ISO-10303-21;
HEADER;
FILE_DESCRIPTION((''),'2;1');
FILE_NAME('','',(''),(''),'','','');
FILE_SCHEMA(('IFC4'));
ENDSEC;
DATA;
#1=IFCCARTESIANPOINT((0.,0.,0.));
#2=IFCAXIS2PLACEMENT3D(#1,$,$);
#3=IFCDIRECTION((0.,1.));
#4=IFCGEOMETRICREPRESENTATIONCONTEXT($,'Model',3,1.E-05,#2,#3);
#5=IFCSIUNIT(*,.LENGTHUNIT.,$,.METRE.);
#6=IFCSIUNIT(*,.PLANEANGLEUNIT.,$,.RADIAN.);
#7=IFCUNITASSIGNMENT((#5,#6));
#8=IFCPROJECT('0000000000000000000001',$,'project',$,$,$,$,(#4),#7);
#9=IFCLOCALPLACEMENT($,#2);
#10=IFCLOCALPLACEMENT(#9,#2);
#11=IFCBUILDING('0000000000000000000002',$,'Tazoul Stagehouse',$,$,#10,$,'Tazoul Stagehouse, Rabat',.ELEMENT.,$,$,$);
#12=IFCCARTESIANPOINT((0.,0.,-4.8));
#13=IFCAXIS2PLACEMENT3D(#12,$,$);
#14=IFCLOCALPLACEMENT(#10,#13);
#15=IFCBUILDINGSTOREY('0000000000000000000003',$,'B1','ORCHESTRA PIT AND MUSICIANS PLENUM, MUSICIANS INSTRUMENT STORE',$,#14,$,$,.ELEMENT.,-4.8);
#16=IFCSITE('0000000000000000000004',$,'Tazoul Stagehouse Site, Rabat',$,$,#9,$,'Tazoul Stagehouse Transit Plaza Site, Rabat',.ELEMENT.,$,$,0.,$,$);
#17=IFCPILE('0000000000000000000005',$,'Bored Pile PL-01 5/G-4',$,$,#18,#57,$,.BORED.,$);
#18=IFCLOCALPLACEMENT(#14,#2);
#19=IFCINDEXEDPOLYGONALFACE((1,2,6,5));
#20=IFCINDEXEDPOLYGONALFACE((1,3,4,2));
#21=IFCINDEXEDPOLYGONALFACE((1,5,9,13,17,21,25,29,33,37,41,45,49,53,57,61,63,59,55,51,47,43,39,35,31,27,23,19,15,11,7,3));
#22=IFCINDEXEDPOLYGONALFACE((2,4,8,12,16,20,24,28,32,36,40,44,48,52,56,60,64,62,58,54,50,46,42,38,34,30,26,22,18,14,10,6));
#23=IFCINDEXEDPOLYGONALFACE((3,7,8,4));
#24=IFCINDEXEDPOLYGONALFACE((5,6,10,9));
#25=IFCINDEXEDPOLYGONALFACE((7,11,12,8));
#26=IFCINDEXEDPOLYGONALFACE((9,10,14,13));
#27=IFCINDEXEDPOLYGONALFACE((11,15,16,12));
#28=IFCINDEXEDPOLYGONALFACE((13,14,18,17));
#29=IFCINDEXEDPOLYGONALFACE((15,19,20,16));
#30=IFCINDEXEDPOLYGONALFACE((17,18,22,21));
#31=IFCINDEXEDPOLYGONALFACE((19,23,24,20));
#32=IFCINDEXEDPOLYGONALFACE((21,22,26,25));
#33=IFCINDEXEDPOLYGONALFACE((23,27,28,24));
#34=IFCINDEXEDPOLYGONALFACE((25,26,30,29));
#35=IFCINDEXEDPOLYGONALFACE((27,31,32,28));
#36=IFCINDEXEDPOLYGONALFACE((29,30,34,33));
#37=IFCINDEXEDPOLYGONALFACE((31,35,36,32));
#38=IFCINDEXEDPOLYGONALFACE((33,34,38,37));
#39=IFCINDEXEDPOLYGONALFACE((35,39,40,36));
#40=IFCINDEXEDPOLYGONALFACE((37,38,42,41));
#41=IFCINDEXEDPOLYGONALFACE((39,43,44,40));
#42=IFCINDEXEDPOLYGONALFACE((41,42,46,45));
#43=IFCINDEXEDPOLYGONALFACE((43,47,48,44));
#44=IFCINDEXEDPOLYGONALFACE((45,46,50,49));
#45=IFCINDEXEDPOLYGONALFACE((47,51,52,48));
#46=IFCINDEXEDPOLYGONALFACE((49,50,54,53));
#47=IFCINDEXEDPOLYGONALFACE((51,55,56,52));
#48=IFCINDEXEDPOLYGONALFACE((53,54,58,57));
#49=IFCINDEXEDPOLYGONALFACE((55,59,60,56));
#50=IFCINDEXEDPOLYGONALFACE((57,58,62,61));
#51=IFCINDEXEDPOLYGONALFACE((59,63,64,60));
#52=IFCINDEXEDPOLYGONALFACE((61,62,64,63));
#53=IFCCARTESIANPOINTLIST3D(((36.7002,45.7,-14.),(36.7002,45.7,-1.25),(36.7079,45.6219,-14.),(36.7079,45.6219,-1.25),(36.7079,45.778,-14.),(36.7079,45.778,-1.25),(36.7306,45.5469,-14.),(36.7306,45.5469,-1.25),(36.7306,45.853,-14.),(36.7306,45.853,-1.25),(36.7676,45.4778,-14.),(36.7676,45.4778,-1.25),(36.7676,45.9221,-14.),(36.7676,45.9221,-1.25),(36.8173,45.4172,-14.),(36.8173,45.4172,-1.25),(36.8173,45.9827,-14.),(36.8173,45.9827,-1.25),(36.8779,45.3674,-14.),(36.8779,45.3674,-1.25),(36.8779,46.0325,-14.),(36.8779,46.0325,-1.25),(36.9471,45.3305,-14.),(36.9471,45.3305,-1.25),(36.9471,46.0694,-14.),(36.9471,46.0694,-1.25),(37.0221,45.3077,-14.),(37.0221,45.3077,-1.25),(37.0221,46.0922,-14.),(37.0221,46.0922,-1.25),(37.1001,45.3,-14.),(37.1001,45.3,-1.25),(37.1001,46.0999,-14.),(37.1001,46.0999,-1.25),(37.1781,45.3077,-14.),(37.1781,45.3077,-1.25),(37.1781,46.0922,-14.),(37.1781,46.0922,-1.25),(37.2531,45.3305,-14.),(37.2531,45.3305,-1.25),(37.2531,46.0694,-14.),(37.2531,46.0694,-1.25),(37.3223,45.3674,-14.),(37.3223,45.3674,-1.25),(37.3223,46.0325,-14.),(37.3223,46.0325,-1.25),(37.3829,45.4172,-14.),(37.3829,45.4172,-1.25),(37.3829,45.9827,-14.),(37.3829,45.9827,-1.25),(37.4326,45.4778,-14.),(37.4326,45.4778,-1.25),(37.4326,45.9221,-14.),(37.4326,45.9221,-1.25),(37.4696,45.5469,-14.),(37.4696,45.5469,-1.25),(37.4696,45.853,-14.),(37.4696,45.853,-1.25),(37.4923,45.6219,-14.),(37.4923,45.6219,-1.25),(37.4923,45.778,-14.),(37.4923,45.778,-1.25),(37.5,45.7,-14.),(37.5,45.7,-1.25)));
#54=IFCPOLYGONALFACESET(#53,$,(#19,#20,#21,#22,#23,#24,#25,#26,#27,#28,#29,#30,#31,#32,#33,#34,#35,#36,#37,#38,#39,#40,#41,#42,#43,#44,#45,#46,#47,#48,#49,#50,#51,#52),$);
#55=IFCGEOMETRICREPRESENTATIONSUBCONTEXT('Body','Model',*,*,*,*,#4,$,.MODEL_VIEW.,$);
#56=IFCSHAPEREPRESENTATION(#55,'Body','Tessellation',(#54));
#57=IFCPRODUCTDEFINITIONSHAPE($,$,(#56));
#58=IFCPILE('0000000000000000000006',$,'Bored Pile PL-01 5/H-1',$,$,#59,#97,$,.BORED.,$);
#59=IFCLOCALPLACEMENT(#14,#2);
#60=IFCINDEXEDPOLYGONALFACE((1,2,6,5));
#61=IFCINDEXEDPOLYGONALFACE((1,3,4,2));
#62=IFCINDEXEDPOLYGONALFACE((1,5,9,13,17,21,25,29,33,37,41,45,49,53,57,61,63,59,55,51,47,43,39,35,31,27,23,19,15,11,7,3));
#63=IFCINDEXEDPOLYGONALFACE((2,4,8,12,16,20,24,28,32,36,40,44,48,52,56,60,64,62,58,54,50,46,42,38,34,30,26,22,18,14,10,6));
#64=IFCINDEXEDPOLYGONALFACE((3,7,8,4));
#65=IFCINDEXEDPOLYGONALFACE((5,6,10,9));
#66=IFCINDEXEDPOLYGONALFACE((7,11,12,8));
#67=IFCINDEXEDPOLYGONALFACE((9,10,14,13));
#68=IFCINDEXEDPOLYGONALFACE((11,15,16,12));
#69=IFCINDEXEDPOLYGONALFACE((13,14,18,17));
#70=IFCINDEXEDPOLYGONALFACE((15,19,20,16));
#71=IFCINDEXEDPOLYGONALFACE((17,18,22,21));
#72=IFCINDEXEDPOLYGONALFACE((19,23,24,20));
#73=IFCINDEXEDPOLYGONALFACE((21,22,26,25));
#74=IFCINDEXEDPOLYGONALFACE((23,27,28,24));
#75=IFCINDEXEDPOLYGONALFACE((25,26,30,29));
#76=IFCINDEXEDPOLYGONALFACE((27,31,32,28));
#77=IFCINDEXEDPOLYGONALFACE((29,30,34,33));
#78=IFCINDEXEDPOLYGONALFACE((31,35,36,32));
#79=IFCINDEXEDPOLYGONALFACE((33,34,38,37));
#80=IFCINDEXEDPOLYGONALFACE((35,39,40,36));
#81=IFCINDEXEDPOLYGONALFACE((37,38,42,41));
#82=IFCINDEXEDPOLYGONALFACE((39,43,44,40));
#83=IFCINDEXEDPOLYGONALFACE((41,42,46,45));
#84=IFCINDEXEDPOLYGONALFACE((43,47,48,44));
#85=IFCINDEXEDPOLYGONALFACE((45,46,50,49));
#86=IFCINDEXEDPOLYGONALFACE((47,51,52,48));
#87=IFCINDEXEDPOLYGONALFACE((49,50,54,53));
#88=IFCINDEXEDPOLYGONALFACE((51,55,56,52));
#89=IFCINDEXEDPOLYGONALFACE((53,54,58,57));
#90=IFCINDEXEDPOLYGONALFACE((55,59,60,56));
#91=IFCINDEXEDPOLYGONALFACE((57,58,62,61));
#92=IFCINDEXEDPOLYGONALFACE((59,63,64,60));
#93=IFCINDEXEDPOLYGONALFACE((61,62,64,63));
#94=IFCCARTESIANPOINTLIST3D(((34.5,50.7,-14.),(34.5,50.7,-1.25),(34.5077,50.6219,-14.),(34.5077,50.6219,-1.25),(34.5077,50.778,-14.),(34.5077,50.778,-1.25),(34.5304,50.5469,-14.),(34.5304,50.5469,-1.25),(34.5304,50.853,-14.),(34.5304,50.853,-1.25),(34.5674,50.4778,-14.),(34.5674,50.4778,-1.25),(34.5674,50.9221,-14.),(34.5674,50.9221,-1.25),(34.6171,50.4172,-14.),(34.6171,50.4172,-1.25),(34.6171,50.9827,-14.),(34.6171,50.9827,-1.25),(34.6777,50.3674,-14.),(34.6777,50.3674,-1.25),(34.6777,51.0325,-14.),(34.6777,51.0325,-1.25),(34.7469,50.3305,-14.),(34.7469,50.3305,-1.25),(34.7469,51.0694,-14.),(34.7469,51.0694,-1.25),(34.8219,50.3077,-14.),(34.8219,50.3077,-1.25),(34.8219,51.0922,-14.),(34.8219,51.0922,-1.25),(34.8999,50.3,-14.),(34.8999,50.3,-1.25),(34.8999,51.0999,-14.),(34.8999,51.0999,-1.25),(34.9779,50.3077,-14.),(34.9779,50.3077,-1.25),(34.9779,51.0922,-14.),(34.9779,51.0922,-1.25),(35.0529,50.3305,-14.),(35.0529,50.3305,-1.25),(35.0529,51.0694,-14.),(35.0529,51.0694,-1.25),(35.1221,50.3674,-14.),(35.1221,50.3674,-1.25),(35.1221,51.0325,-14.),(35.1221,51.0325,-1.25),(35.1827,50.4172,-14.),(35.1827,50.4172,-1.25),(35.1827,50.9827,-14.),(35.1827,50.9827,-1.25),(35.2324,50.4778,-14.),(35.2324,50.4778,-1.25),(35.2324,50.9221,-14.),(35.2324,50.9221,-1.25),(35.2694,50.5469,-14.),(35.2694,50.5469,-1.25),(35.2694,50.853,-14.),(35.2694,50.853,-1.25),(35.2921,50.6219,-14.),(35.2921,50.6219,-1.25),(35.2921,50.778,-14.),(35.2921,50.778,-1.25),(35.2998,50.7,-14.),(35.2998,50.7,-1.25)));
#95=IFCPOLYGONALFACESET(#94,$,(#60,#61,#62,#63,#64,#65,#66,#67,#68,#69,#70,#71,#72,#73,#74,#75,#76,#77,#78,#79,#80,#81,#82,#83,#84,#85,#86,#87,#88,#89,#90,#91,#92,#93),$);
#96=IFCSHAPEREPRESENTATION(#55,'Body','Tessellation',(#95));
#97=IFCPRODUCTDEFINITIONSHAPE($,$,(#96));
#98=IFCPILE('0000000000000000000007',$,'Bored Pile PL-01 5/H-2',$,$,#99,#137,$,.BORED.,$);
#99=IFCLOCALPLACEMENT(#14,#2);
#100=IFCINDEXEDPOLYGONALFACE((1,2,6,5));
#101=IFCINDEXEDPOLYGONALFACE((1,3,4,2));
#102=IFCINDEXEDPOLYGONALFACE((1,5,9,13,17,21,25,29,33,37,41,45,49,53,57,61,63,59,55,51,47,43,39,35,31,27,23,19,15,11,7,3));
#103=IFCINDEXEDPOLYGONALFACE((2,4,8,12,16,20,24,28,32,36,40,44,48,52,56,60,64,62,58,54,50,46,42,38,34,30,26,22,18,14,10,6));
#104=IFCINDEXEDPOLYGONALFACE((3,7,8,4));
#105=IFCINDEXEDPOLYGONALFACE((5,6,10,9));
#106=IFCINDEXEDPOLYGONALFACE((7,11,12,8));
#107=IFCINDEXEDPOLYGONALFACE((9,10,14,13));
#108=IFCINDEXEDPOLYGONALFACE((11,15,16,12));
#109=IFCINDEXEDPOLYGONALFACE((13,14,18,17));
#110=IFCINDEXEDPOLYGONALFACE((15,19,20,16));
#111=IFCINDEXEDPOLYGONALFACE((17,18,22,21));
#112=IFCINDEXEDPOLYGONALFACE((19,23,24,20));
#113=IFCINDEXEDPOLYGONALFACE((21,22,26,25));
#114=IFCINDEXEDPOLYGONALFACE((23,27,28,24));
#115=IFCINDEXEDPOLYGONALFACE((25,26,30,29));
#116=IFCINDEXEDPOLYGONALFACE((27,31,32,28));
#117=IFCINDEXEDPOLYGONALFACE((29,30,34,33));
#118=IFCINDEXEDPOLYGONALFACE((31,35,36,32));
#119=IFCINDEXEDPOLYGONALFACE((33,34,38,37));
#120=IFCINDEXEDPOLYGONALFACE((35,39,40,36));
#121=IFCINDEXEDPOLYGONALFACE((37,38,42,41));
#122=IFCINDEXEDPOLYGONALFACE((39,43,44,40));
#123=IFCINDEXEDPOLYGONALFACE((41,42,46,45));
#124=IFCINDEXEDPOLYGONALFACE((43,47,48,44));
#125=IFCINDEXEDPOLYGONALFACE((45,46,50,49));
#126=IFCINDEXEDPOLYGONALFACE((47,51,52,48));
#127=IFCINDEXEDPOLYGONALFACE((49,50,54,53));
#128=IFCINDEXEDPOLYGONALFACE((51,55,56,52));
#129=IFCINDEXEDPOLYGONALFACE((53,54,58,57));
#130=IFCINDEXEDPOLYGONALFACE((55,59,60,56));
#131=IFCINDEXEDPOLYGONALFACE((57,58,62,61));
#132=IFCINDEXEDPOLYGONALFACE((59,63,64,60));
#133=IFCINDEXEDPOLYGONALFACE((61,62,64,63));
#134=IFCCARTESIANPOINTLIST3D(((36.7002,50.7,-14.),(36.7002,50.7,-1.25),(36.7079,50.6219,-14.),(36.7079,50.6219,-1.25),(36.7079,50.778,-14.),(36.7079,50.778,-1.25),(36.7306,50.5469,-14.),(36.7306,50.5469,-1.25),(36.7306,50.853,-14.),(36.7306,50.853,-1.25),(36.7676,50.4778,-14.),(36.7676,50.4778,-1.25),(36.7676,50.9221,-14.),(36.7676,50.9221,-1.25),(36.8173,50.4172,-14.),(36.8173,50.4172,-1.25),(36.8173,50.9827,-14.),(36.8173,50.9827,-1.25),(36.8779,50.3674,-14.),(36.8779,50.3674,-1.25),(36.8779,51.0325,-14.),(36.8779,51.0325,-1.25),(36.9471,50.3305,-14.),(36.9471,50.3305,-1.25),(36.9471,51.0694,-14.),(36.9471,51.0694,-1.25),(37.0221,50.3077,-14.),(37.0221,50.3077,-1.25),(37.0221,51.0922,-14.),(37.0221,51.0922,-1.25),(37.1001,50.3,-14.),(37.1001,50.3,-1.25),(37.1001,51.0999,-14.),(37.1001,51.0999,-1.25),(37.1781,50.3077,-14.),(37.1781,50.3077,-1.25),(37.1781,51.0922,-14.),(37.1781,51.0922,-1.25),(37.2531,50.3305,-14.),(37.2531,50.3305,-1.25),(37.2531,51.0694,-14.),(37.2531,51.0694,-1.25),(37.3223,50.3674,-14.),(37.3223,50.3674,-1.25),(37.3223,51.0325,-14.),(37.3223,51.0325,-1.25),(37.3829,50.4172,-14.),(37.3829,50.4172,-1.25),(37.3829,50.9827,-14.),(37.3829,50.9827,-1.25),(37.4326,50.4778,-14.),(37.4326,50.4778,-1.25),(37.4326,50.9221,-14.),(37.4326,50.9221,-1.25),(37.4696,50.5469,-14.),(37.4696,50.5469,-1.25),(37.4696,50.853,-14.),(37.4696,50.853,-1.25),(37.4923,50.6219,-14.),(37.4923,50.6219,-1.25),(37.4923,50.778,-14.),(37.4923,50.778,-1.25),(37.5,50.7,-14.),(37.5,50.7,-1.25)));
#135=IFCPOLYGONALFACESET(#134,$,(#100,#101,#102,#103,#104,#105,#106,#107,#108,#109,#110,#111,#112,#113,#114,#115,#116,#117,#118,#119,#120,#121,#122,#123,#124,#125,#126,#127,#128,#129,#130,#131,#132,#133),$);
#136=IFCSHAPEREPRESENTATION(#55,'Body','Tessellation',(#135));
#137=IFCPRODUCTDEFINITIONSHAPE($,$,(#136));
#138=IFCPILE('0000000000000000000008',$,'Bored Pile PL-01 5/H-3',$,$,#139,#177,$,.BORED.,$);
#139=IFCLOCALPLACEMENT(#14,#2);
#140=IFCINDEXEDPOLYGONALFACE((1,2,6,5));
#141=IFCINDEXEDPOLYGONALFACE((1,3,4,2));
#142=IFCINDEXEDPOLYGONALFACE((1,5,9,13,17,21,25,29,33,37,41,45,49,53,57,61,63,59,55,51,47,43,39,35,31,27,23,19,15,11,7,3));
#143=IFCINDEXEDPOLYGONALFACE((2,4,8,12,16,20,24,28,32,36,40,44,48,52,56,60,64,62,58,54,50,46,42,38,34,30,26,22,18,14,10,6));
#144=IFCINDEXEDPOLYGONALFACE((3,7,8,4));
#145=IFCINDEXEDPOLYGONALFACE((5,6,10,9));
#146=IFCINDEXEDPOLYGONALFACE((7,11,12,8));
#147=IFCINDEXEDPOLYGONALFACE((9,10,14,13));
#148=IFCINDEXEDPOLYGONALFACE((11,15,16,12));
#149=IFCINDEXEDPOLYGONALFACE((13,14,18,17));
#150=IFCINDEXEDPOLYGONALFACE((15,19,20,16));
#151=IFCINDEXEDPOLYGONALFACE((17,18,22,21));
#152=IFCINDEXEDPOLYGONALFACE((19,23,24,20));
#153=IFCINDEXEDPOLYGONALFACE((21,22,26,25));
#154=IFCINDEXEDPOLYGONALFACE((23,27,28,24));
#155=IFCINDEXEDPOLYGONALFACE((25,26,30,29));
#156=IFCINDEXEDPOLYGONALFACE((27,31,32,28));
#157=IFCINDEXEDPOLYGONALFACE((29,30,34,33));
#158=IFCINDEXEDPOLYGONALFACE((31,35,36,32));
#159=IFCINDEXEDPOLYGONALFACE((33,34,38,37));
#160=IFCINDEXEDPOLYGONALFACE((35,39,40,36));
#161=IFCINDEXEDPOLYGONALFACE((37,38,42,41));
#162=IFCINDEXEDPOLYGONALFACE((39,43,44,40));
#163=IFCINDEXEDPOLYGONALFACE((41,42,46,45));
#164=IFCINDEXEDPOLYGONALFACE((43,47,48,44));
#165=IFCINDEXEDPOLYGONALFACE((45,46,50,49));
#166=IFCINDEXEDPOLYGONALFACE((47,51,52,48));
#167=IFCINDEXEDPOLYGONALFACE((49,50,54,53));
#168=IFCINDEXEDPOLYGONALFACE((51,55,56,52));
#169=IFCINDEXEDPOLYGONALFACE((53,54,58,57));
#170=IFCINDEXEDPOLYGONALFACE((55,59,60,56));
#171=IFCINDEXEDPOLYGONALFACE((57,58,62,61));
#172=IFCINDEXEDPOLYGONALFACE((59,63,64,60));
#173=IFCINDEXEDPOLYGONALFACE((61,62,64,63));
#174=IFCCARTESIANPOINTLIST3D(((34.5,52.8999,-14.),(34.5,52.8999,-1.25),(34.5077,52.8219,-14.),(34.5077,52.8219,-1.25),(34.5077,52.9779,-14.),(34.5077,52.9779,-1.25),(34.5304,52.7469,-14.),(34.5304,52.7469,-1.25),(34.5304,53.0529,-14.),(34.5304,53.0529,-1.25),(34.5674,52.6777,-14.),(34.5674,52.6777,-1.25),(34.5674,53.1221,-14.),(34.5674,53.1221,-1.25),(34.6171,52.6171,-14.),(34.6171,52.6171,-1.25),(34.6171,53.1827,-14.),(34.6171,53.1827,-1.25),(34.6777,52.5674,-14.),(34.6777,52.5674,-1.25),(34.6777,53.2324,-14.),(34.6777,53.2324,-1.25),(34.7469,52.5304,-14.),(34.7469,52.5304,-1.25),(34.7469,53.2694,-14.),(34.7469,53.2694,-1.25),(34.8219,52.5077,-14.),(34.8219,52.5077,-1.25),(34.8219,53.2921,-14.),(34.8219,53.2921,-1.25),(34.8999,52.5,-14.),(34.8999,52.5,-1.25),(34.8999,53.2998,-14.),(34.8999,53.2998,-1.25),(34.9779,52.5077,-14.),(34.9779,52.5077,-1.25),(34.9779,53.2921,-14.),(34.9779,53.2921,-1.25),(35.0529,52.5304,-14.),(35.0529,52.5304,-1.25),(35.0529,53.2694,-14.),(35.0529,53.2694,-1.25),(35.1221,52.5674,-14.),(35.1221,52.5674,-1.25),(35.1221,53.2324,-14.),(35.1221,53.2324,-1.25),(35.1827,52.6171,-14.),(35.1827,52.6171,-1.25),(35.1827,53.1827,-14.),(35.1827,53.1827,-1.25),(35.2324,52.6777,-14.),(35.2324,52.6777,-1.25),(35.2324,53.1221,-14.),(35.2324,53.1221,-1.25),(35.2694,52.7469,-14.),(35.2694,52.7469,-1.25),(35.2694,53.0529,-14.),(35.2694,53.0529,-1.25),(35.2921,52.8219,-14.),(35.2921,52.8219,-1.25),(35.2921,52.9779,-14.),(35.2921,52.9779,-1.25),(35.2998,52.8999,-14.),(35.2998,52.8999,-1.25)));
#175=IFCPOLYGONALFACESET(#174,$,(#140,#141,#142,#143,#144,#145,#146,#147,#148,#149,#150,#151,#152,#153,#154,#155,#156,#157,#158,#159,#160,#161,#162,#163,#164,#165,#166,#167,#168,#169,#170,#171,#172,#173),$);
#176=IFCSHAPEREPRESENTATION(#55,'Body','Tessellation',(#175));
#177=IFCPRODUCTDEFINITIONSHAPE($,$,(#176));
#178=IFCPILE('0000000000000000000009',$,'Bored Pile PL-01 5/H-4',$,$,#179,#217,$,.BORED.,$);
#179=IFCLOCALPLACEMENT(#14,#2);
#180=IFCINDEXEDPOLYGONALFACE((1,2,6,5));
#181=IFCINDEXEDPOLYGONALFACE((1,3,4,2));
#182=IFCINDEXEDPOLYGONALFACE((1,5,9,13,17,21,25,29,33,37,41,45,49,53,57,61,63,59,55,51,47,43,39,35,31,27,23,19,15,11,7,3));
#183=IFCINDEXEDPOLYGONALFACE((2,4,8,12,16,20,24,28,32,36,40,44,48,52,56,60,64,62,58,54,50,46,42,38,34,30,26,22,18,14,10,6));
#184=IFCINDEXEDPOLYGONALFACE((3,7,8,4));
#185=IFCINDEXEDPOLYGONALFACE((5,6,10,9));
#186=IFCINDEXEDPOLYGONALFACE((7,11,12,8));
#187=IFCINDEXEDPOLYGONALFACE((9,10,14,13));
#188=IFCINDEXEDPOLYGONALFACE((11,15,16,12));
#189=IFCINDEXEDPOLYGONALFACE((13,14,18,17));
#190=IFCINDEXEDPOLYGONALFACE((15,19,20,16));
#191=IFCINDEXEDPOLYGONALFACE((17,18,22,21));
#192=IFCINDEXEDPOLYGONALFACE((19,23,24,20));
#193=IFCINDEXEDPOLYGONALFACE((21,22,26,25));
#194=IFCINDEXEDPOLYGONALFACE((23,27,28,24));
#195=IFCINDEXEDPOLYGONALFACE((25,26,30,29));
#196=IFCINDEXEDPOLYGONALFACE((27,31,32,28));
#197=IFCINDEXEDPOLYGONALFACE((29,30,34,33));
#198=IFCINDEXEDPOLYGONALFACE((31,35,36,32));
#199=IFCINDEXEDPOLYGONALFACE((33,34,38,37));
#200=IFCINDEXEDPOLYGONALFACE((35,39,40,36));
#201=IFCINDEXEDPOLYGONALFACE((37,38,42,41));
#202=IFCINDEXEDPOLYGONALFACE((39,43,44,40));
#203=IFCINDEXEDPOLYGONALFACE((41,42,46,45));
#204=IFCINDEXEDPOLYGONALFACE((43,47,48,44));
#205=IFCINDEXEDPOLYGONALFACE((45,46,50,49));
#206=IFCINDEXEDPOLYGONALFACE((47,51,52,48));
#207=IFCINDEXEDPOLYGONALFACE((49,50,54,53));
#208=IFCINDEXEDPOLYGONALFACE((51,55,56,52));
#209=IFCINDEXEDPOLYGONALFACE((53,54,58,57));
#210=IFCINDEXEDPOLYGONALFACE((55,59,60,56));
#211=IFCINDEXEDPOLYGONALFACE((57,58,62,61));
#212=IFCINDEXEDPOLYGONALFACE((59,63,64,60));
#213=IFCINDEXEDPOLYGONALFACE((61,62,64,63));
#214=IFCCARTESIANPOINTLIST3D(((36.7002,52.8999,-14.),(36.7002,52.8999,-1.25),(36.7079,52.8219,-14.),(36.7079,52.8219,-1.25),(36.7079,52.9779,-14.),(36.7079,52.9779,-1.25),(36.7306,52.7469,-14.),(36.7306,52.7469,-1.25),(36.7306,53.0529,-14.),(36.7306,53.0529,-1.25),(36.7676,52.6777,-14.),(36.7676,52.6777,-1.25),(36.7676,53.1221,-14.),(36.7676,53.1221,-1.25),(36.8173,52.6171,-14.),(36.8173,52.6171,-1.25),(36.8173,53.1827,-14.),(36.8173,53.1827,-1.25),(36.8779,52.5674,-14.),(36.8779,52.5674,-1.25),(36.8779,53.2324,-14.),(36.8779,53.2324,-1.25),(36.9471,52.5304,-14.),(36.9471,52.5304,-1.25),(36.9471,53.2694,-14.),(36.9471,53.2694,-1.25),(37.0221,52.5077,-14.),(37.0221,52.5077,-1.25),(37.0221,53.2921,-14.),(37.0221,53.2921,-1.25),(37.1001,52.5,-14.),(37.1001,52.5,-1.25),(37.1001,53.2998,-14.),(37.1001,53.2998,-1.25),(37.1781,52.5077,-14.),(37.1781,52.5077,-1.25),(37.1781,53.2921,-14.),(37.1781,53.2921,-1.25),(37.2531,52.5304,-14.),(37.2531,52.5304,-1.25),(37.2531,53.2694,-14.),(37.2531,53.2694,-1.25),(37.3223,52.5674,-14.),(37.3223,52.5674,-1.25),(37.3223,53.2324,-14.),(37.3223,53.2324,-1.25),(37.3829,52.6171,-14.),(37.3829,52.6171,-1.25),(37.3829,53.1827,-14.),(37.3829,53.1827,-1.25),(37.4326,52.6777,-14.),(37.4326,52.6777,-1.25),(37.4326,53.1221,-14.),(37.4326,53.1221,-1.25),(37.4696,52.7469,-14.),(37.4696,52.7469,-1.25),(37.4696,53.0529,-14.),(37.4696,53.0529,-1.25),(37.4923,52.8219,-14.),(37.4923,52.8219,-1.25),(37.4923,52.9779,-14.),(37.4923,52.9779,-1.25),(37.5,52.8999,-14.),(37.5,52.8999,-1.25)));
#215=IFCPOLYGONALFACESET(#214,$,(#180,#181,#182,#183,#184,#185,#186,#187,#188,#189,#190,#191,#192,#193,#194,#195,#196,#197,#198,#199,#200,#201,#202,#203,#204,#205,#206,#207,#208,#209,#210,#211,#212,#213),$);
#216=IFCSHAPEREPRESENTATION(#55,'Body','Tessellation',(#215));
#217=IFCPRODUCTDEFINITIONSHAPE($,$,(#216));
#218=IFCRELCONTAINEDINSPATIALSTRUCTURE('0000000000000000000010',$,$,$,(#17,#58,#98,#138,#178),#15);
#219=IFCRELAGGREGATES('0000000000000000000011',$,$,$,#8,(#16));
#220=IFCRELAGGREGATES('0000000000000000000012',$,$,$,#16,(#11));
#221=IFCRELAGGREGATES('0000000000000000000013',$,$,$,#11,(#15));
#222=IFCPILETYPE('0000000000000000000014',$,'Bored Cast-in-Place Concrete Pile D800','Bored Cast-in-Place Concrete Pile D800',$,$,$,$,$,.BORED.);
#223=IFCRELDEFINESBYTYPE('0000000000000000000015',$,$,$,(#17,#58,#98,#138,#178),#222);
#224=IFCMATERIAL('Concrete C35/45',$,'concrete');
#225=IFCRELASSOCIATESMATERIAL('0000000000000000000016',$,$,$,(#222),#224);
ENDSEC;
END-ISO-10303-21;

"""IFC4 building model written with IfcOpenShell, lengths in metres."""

from ifc_helpers import new_model, si_unit, direction, frame, origin, origin_2d, place, context, subcontext, project, spatial, circle, extrude, material, material_profile, profile_set, type_object, element, save


model = new_model("IFC4")

# Units and contexts
model_context = context("Model", 3, precision=1e-05, world=origin(), true_north=direction((0.0, 1.0)))
body_context = subcontext(model_context, "Body", "Model", "MODEL_VIEW")
ifc_project = project(units=[si_unit("LENGTHUNIT", "METRE"), si_unit("PLANEANGLEUNIT", "RADIAN")], contexts=[model_context])

# Site, building, storey
site_placement = place(None, origin())
site = spatial("IfcSite", under=ifc_project, at=site_placement, Name="Tazoul Stagehouse Site, Rabat", LongName="Tazoul Stagehouse Transit Plaza Site, Rabat", CompositionType="ELEMENT", RefElevation=0.0)
building_placement = place(site_placement, origin())
building = spatial("IfcBuilding", under=site, at=building_placement, Name="Tazoul Stagehouse", LongName="Tazoul Stagehouse, Rabat", CompositionType="ELEMENT")
storey_placement = place(building_placement, frame((0.0, 0.0, -4.8)))
storey = spatial("IfcBuildingStorey", under=building, at=storey_placement, Name="B1", Description="ORCHESTRA PIT AND MUSICIANS PLENUM, MUSICIANS INSTRUMENT STORE", CompositionType="ELEMENT", Elevation=-4.8)

# Piles
ifc_material_1 = material(Name="Concrete C35/45", Category="concrete")
ifc_material_profile_1 = material_profile(ifc_material_1, circle(Radius=0.3999, at=origin_2d()), Name="BORED PILE 800")
ifc_profile_set_1 = profile_set([ifc_material_profile_1], Name="Concrete C35/45")
pile_type_1 = type_object("IfcPileType", Name="Bored Cast-in-Place Concrete Pile D800", Description="Bored Cast-in-Place Concrete Pile D800", PredefinedType="BORED", material=ifc_profile_set_1)
for number, where, z_axis, x_axis, name in (
    (1, (37.1001, 45.7, -1.25), (0.0, 0.0, -1.0), (1.0, 0.0, 0.0), "Bored Pile PL-01 5/G-4"),
    (2, (34.8999, 50.7, -1.25), (0.0, 0.0, -1.0), (1.0, 0.0, 0.0), "Bored Pile PL-01 5/H-1"),
    (3, (37.1001, 50.7, -1.25), (0.0, 0.0, -1.0), (1.0, 0.0, 0.0), "Bored Pile PL-01 5/H-2"),
    (4, (34.8999, 52.8999, -1.25), (0.0, 0.0, -1.0), (1.0, 0.0, 0.0), "Bored Pile PL-01 5/H-3"),
    (5, (37.1001, 52.8999, -1.25), (0.0, 0.0, -1.0), (1.0, 0.0, 0.0), "Bored Pile PL-01 5/H-4"),
):
    element("IfcPile", number, at=place(storey_placement, frame(where, z_axis=z_axis, x_axis=x_axis)), inside=storey, type_object=pile_type_1, Name=name, PredefinedType="BORED", context=body_context, shape_type="SweptSolid", body=[
        extrude(circle(Radius=0.3999, at=origin_2d()), origin(), (0.0, 0.0, 1.0), 12.75),
    ])

save(model, "model.ifc")
